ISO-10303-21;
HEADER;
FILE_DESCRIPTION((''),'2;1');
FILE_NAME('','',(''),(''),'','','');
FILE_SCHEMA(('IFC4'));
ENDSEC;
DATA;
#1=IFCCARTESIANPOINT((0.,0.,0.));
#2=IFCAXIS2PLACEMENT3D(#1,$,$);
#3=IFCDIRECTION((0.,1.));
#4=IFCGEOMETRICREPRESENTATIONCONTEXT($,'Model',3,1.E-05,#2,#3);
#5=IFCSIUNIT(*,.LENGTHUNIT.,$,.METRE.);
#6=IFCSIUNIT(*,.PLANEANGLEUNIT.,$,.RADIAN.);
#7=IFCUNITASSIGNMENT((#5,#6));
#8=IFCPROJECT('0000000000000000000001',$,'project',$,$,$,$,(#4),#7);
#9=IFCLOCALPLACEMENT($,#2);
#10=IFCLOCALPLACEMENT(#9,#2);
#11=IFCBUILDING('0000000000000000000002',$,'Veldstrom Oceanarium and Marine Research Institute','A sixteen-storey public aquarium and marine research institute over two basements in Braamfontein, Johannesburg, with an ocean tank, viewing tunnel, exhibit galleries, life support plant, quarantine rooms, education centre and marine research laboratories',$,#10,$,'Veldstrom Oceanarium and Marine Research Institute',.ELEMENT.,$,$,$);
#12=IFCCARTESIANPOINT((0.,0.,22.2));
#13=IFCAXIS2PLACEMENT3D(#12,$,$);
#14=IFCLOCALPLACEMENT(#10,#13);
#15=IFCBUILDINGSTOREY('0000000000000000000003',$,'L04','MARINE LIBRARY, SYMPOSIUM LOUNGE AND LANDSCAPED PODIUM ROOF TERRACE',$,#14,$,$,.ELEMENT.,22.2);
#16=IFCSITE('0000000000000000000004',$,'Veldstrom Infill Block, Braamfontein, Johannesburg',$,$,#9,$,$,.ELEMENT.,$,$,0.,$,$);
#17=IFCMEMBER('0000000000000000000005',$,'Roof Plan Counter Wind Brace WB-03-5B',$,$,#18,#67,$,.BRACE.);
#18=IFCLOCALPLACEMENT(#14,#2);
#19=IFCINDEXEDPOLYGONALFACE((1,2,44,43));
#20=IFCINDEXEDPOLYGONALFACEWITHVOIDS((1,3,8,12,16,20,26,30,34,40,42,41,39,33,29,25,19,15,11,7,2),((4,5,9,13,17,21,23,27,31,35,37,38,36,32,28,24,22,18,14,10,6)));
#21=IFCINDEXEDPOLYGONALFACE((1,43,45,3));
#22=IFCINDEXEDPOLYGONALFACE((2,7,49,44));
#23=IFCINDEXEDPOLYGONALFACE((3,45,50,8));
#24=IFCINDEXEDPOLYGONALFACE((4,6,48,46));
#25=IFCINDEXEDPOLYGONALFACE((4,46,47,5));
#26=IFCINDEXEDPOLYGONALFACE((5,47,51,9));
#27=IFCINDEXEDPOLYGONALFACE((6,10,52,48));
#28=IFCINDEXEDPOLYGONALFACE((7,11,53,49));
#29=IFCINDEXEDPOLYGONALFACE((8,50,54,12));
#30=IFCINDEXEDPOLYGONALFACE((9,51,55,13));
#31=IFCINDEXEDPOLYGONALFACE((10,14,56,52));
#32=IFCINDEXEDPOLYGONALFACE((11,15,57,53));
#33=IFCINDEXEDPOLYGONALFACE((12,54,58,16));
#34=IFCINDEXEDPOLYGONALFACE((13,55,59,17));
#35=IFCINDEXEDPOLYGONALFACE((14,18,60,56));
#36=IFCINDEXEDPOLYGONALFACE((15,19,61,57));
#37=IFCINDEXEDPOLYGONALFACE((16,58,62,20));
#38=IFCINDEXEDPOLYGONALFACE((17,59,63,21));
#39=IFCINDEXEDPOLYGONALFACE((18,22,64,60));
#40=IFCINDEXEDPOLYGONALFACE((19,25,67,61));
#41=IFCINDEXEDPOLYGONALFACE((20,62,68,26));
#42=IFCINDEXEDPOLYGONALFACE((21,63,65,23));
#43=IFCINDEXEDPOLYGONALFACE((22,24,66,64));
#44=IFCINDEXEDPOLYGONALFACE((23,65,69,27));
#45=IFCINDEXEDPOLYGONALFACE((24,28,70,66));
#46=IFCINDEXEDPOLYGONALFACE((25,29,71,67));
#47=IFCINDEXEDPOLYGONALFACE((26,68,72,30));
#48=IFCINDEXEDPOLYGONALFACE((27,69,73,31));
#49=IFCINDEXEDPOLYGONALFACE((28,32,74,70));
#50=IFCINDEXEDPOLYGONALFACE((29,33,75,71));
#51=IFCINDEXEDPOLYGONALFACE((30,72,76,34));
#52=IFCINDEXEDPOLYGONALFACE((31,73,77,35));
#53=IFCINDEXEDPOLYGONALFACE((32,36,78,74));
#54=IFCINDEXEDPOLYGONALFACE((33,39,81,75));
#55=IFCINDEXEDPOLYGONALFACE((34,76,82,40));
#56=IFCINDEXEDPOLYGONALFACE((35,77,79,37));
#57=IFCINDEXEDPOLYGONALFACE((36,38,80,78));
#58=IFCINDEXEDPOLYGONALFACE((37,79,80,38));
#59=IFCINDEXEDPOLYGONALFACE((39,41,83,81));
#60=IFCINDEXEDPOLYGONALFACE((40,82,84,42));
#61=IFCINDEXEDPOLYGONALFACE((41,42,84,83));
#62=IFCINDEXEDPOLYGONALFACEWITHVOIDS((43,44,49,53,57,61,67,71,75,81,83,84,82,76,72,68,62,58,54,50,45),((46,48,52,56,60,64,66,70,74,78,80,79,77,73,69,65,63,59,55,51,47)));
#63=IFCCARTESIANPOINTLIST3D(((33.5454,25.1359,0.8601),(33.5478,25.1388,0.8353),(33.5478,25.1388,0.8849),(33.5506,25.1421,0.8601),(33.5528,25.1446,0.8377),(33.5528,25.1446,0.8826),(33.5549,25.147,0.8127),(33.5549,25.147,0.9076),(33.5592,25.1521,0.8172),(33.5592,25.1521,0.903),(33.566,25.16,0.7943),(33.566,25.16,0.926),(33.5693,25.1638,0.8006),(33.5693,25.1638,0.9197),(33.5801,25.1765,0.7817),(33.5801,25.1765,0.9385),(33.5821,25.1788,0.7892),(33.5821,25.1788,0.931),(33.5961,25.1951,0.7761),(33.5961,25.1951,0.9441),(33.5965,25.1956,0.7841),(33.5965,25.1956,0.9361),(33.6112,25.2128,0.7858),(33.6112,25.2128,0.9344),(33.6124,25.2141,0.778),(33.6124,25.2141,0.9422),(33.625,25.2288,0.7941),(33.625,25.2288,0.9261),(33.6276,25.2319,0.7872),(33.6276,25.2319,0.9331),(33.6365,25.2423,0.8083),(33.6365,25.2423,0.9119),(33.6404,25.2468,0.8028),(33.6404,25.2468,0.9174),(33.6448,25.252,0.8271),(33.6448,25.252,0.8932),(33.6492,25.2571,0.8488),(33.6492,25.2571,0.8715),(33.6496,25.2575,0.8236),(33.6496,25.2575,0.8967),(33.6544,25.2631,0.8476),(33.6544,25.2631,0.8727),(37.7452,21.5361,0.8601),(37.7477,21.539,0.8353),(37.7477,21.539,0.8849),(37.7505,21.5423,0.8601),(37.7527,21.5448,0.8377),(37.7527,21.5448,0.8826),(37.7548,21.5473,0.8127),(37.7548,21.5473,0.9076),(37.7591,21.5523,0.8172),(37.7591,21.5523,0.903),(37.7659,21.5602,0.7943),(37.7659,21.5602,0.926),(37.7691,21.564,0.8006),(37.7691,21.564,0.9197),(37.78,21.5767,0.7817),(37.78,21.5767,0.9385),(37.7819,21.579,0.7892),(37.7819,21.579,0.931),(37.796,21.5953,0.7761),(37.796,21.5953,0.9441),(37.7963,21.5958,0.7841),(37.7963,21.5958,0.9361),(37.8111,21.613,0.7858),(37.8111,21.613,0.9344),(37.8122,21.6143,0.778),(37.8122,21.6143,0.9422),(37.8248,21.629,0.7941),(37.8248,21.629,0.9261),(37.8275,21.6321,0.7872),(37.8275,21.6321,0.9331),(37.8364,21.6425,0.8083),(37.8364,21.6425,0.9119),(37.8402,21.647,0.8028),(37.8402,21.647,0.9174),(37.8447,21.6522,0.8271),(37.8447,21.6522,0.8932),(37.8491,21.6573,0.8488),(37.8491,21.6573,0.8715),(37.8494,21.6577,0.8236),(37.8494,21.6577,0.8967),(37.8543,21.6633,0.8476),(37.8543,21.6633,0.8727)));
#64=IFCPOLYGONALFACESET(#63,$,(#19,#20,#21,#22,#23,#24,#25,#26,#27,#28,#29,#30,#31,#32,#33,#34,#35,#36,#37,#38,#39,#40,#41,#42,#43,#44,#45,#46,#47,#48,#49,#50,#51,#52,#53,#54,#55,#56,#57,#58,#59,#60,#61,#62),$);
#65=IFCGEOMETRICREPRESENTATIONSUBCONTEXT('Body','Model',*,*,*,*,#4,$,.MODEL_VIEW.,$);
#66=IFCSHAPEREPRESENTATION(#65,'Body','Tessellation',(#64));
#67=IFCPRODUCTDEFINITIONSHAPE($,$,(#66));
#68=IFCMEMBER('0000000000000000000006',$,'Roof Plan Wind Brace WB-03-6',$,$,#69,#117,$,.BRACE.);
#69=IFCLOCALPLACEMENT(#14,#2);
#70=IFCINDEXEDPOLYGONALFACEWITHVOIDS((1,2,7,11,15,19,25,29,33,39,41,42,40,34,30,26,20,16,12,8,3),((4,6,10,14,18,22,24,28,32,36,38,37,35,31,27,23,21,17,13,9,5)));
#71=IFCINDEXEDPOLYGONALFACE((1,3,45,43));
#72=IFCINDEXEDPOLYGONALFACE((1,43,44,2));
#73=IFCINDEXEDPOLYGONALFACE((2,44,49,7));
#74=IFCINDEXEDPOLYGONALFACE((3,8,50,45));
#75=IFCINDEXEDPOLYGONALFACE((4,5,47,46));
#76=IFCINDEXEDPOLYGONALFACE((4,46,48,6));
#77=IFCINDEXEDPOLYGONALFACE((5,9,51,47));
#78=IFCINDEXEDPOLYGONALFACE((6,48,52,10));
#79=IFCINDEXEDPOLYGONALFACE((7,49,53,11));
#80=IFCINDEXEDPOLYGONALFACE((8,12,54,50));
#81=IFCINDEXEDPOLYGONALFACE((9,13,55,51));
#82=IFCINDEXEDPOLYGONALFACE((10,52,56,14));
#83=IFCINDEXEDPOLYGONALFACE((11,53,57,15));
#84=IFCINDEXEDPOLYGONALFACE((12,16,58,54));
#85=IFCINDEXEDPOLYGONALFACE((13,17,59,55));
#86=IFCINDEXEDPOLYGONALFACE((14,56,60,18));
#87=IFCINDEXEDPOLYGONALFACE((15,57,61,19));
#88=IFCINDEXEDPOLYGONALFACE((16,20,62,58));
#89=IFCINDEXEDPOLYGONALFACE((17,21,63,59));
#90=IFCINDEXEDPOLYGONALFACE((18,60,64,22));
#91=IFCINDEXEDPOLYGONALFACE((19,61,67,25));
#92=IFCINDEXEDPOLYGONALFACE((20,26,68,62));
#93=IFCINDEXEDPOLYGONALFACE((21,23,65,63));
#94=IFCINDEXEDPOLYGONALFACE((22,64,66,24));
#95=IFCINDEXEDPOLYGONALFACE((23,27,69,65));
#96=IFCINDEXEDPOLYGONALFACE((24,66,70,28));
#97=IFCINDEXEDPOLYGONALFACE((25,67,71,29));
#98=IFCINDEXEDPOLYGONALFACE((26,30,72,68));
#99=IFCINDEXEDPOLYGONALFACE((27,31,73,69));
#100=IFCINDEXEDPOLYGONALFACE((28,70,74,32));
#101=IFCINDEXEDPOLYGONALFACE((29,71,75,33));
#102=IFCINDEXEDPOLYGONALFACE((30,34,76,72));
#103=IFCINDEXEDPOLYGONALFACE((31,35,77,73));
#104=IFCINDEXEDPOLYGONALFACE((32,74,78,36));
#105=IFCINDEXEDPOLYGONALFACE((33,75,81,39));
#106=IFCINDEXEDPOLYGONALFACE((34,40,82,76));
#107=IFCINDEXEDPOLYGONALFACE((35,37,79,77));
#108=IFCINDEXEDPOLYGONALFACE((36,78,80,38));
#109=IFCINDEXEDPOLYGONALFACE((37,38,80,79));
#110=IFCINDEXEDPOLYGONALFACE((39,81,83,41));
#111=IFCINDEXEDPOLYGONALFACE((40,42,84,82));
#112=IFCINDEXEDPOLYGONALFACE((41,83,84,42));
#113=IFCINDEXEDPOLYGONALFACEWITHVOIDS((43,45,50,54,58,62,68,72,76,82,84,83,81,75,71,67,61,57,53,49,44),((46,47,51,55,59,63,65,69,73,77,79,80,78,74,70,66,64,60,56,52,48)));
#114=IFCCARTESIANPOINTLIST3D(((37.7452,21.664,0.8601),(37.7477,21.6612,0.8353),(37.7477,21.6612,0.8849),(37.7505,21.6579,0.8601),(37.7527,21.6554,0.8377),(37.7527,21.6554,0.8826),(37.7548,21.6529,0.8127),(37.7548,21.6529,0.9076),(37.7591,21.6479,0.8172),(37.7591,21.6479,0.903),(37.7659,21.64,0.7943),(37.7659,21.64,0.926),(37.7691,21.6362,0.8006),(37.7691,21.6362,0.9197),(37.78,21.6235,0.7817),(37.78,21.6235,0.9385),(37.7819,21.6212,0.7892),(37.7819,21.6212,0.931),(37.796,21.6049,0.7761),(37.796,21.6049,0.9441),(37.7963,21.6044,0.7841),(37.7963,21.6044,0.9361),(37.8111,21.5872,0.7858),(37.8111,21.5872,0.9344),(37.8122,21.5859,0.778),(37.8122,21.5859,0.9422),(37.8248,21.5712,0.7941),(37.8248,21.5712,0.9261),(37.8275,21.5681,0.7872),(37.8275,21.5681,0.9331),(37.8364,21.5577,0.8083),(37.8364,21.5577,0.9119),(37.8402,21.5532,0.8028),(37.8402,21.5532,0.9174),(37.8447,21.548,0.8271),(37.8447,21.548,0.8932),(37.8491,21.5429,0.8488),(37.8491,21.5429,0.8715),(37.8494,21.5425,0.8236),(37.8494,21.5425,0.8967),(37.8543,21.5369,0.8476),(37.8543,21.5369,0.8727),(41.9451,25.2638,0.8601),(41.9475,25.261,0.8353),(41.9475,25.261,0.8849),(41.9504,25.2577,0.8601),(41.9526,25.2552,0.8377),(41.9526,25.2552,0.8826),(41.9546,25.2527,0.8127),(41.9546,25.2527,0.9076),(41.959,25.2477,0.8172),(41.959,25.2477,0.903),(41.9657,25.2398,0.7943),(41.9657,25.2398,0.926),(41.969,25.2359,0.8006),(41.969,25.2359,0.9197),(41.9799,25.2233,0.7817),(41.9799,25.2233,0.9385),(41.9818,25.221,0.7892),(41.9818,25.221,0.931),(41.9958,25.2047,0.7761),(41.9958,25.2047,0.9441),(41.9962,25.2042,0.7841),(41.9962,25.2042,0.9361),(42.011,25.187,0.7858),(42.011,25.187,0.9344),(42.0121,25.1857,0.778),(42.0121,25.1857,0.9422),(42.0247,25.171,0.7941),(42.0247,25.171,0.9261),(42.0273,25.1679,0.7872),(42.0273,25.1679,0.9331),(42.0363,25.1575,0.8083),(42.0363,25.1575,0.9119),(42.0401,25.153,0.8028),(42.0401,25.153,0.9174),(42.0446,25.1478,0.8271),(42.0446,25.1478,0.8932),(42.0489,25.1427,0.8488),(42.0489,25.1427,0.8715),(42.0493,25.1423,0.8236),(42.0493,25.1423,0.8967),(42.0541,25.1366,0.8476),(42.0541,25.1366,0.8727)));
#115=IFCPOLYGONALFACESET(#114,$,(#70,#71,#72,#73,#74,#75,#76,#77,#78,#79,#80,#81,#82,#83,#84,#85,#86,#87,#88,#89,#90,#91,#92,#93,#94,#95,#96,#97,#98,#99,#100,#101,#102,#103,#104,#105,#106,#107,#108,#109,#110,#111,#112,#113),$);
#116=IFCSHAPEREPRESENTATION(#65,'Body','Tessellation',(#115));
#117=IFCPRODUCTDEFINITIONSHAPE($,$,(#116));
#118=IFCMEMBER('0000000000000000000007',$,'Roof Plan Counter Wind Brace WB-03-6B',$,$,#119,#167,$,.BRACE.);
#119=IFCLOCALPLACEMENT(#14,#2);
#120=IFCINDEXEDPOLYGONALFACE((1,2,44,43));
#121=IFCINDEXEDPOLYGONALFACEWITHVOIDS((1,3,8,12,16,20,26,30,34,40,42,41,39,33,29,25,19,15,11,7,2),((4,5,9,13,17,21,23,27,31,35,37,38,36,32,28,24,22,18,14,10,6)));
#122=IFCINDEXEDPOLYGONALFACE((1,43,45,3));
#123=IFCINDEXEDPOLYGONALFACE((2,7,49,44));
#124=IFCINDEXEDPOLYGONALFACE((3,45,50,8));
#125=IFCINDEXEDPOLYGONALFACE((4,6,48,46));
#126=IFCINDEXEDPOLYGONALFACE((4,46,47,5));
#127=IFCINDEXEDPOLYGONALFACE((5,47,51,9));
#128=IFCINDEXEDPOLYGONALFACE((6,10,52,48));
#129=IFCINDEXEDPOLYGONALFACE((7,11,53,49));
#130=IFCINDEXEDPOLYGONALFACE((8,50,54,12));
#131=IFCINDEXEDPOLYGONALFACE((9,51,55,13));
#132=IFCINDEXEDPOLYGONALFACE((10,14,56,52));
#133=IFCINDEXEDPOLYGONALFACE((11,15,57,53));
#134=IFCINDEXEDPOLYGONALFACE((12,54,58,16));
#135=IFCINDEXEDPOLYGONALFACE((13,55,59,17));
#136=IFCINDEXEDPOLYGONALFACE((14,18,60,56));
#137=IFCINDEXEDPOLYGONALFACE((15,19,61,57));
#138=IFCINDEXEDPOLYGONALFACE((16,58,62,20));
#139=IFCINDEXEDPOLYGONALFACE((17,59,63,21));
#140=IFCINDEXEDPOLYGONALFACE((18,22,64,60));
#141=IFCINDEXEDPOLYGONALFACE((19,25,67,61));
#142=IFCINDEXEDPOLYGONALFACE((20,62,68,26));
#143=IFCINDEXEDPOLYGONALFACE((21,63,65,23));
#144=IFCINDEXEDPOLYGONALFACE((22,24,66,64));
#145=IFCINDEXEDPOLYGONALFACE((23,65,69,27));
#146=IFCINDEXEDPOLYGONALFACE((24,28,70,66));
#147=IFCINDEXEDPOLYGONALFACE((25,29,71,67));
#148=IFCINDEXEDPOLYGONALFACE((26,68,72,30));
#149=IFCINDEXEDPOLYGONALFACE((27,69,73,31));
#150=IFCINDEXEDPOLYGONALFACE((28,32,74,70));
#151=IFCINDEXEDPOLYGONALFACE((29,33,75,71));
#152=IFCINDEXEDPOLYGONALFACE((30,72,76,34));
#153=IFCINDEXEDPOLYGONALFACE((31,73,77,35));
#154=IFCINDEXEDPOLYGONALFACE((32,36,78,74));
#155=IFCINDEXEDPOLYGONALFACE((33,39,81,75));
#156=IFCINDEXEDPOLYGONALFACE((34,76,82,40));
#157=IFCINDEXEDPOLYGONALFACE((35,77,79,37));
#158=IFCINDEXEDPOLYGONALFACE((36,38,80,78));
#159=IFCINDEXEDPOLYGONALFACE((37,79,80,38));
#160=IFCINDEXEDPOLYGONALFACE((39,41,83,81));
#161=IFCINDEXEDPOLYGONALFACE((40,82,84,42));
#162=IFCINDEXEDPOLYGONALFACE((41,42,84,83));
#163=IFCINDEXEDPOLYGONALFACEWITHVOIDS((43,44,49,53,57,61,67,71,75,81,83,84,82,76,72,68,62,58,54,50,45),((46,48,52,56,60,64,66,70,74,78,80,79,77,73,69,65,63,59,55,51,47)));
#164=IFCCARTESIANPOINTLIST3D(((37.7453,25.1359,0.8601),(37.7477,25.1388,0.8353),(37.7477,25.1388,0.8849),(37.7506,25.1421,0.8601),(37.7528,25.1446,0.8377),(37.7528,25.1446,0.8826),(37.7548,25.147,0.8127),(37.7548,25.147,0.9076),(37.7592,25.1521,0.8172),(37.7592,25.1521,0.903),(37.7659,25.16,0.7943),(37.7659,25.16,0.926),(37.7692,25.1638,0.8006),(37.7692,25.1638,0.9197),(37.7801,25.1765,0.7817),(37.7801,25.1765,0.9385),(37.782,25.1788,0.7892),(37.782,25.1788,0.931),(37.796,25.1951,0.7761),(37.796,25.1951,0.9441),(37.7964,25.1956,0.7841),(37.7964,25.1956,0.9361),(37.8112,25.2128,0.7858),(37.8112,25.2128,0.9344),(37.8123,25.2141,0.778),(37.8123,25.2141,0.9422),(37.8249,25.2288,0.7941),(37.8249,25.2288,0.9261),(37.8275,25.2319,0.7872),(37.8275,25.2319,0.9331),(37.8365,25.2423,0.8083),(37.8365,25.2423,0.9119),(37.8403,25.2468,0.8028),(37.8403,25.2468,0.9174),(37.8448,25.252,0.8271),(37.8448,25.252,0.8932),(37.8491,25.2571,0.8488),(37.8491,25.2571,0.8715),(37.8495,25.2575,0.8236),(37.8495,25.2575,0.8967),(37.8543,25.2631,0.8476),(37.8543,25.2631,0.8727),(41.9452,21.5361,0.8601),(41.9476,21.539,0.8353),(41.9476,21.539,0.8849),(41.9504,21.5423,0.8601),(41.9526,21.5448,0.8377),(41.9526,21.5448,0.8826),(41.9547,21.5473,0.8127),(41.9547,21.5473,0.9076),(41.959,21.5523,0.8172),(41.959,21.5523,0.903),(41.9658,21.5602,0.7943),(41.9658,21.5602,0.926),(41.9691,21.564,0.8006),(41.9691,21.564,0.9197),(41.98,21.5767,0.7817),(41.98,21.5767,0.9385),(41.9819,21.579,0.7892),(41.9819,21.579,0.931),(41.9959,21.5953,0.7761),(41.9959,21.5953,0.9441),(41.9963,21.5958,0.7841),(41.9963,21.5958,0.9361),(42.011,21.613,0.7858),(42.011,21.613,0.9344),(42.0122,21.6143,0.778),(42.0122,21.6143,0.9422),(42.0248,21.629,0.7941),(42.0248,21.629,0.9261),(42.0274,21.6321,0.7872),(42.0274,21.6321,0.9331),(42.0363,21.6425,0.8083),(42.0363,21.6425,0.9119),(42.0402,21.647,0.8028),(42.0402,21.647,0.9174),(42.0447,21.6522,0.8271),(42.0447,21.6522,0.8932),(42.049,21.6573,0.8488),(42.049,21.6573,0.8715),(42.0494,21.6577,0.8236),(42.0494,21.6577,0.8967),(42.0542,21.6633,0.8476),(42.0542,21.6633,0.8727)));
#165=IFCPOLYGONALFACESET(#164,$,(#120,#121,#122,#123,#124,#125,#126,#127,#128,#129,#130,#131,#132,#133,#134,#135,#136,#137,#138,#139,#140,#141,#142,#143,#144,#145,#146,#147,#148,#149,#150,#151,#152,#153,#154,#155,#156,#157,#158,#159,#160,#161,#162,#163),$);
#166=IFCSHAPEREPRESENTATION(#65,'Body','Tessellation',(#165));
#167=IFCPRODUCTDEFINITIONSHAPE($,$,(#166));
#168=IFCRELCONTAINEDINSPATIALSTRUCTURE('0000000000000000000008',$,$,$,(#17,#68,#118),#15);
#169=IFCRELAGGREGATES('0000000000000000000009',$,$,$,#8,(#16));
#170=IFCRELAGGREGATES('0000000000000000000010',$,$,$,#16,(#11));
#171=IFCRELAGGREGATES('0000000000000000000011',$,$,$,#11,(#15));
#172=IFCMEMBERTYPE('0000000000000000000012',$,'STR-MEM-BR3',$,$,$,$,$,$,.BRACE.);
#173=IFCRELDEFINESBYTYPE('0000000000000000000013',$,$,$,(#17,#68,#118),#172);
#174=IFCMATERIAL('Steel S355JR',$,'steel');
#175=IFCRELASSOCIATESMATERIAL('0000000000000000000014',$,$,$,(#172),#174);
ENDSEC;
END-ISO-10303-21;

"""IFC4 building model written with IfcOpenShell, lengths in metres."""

from ifc_helpers import new_model, si_unit, direction, frame, origin, origin_2d, place, context, subcontext, project, spatial, hollow_circle, extrude, material, material_profile, profile_set, type_object, element, save


model = new_model("IFC4")

# Units and contexts
model_context = context("Model", 3, precision=1e-05, world=origin(), true_north=direction((0.0, 1.0)))
body_context = subcontext(model_context, "Body", "Model", "MODEL_VIEW")
ifc_project = project(units=[si_unit("LENGTHUNIT", "METRE"), si_unit("PLANEANGLEUNIT", "RADIAN")], contexts=[model_context])

# Site, building, storey
site_placement = place(None, origin())
site = spatial("IfcSite", under=ifc_project, at=site_placement, Name="Veldstrom Infill Block, Braamfontein, Johannesburg", CompositionType="ELEMENT", RefElevation=0.0)
building_placement = place(site_placement, origin())
building = spatial("IfcBuilding", under=site, at=building_placement, Name="Veldstrom Oceanarium and Marine Research Institute", Description="A sixteen-storey public aquarium and marine research institute over two basements in Braamfontein, Johannesburg, with an ocean tank, viewing tunnel, exhibit galleries, life support plant, quarantine rooms, education centre and marine research laboratories", LongName="Veldstrom Oceanarium and Marine Research Institute", CompositionType="ELEMENT")
storey_placement = place(building_placement, frame((0.0, 0.0, 22.2)))
storey = spatial("IfcBuildingStorey", under=building, at=storey_placement, Name="L04", Description="MARINE LIBRARY, SYMPOSIUM LOUNGE AND LANDSCAPED PODIUM ROOF TERRACE", CompositionType="ELEMENT", Elevation=22.2)

# Members
ifc_material_1 = material(Name="Steel S355JR", Category="steel")
ifc_material_profile_1 = material_profile(ifc_material_1, hollow_circle(Radius=0.0842, WallThickness=0.0081, at=origin_2d()), Name="CHS 168.3x8")
ifc_profile_set_1 = profile_set([ifc_material_profile_1], Name="Steel S355JR")
member_type_1 = type_object("IfcMemberType", Name="STR-MEM-BR3", PredefinedType="BRACE", material=ifc_profile_set_1)
for number, where, z_axis, x_axis, name in (
    (1, (37.8, 21.6001, 0.8601), (-0.759266, 0.65078, 0.0), (-0.65078, -0.759266, 0.0), "Roof Plan Counter Wind Brace WB-03-5B"),
    (2, (37.8, 21.6001, 0.8601), (0.759266, 0.65078, 0.0), (-0.65078, 0.759266, 0.0), "Roof Plan Wind Brace WB-03-6"),
    (3, (42.0, 21.6001, 0.8601), (-0.759266, 0.65078, 0.0), (-0.65078, -0.759266, 0.0), "Roof Plan Counter Wind Brace WB-03-6B"),
):
    element("IfcMember", number, at=place(storey_placement, frame(where, z_axis=z_axis, x_axis=x_axis)), inside=storey, type_object=member_type_1, Name=name, PredefinedType="BRACE", context=body_context, shape_type="SweptSolid", body=[
        extrude(hollow_circle(Radius=0.0842, WallThickness=0.0081, at=origin_2d()), origin(), (0.0, 0.0, 1.0), 5.5315),
    ])

save(model, "model.ifc")
